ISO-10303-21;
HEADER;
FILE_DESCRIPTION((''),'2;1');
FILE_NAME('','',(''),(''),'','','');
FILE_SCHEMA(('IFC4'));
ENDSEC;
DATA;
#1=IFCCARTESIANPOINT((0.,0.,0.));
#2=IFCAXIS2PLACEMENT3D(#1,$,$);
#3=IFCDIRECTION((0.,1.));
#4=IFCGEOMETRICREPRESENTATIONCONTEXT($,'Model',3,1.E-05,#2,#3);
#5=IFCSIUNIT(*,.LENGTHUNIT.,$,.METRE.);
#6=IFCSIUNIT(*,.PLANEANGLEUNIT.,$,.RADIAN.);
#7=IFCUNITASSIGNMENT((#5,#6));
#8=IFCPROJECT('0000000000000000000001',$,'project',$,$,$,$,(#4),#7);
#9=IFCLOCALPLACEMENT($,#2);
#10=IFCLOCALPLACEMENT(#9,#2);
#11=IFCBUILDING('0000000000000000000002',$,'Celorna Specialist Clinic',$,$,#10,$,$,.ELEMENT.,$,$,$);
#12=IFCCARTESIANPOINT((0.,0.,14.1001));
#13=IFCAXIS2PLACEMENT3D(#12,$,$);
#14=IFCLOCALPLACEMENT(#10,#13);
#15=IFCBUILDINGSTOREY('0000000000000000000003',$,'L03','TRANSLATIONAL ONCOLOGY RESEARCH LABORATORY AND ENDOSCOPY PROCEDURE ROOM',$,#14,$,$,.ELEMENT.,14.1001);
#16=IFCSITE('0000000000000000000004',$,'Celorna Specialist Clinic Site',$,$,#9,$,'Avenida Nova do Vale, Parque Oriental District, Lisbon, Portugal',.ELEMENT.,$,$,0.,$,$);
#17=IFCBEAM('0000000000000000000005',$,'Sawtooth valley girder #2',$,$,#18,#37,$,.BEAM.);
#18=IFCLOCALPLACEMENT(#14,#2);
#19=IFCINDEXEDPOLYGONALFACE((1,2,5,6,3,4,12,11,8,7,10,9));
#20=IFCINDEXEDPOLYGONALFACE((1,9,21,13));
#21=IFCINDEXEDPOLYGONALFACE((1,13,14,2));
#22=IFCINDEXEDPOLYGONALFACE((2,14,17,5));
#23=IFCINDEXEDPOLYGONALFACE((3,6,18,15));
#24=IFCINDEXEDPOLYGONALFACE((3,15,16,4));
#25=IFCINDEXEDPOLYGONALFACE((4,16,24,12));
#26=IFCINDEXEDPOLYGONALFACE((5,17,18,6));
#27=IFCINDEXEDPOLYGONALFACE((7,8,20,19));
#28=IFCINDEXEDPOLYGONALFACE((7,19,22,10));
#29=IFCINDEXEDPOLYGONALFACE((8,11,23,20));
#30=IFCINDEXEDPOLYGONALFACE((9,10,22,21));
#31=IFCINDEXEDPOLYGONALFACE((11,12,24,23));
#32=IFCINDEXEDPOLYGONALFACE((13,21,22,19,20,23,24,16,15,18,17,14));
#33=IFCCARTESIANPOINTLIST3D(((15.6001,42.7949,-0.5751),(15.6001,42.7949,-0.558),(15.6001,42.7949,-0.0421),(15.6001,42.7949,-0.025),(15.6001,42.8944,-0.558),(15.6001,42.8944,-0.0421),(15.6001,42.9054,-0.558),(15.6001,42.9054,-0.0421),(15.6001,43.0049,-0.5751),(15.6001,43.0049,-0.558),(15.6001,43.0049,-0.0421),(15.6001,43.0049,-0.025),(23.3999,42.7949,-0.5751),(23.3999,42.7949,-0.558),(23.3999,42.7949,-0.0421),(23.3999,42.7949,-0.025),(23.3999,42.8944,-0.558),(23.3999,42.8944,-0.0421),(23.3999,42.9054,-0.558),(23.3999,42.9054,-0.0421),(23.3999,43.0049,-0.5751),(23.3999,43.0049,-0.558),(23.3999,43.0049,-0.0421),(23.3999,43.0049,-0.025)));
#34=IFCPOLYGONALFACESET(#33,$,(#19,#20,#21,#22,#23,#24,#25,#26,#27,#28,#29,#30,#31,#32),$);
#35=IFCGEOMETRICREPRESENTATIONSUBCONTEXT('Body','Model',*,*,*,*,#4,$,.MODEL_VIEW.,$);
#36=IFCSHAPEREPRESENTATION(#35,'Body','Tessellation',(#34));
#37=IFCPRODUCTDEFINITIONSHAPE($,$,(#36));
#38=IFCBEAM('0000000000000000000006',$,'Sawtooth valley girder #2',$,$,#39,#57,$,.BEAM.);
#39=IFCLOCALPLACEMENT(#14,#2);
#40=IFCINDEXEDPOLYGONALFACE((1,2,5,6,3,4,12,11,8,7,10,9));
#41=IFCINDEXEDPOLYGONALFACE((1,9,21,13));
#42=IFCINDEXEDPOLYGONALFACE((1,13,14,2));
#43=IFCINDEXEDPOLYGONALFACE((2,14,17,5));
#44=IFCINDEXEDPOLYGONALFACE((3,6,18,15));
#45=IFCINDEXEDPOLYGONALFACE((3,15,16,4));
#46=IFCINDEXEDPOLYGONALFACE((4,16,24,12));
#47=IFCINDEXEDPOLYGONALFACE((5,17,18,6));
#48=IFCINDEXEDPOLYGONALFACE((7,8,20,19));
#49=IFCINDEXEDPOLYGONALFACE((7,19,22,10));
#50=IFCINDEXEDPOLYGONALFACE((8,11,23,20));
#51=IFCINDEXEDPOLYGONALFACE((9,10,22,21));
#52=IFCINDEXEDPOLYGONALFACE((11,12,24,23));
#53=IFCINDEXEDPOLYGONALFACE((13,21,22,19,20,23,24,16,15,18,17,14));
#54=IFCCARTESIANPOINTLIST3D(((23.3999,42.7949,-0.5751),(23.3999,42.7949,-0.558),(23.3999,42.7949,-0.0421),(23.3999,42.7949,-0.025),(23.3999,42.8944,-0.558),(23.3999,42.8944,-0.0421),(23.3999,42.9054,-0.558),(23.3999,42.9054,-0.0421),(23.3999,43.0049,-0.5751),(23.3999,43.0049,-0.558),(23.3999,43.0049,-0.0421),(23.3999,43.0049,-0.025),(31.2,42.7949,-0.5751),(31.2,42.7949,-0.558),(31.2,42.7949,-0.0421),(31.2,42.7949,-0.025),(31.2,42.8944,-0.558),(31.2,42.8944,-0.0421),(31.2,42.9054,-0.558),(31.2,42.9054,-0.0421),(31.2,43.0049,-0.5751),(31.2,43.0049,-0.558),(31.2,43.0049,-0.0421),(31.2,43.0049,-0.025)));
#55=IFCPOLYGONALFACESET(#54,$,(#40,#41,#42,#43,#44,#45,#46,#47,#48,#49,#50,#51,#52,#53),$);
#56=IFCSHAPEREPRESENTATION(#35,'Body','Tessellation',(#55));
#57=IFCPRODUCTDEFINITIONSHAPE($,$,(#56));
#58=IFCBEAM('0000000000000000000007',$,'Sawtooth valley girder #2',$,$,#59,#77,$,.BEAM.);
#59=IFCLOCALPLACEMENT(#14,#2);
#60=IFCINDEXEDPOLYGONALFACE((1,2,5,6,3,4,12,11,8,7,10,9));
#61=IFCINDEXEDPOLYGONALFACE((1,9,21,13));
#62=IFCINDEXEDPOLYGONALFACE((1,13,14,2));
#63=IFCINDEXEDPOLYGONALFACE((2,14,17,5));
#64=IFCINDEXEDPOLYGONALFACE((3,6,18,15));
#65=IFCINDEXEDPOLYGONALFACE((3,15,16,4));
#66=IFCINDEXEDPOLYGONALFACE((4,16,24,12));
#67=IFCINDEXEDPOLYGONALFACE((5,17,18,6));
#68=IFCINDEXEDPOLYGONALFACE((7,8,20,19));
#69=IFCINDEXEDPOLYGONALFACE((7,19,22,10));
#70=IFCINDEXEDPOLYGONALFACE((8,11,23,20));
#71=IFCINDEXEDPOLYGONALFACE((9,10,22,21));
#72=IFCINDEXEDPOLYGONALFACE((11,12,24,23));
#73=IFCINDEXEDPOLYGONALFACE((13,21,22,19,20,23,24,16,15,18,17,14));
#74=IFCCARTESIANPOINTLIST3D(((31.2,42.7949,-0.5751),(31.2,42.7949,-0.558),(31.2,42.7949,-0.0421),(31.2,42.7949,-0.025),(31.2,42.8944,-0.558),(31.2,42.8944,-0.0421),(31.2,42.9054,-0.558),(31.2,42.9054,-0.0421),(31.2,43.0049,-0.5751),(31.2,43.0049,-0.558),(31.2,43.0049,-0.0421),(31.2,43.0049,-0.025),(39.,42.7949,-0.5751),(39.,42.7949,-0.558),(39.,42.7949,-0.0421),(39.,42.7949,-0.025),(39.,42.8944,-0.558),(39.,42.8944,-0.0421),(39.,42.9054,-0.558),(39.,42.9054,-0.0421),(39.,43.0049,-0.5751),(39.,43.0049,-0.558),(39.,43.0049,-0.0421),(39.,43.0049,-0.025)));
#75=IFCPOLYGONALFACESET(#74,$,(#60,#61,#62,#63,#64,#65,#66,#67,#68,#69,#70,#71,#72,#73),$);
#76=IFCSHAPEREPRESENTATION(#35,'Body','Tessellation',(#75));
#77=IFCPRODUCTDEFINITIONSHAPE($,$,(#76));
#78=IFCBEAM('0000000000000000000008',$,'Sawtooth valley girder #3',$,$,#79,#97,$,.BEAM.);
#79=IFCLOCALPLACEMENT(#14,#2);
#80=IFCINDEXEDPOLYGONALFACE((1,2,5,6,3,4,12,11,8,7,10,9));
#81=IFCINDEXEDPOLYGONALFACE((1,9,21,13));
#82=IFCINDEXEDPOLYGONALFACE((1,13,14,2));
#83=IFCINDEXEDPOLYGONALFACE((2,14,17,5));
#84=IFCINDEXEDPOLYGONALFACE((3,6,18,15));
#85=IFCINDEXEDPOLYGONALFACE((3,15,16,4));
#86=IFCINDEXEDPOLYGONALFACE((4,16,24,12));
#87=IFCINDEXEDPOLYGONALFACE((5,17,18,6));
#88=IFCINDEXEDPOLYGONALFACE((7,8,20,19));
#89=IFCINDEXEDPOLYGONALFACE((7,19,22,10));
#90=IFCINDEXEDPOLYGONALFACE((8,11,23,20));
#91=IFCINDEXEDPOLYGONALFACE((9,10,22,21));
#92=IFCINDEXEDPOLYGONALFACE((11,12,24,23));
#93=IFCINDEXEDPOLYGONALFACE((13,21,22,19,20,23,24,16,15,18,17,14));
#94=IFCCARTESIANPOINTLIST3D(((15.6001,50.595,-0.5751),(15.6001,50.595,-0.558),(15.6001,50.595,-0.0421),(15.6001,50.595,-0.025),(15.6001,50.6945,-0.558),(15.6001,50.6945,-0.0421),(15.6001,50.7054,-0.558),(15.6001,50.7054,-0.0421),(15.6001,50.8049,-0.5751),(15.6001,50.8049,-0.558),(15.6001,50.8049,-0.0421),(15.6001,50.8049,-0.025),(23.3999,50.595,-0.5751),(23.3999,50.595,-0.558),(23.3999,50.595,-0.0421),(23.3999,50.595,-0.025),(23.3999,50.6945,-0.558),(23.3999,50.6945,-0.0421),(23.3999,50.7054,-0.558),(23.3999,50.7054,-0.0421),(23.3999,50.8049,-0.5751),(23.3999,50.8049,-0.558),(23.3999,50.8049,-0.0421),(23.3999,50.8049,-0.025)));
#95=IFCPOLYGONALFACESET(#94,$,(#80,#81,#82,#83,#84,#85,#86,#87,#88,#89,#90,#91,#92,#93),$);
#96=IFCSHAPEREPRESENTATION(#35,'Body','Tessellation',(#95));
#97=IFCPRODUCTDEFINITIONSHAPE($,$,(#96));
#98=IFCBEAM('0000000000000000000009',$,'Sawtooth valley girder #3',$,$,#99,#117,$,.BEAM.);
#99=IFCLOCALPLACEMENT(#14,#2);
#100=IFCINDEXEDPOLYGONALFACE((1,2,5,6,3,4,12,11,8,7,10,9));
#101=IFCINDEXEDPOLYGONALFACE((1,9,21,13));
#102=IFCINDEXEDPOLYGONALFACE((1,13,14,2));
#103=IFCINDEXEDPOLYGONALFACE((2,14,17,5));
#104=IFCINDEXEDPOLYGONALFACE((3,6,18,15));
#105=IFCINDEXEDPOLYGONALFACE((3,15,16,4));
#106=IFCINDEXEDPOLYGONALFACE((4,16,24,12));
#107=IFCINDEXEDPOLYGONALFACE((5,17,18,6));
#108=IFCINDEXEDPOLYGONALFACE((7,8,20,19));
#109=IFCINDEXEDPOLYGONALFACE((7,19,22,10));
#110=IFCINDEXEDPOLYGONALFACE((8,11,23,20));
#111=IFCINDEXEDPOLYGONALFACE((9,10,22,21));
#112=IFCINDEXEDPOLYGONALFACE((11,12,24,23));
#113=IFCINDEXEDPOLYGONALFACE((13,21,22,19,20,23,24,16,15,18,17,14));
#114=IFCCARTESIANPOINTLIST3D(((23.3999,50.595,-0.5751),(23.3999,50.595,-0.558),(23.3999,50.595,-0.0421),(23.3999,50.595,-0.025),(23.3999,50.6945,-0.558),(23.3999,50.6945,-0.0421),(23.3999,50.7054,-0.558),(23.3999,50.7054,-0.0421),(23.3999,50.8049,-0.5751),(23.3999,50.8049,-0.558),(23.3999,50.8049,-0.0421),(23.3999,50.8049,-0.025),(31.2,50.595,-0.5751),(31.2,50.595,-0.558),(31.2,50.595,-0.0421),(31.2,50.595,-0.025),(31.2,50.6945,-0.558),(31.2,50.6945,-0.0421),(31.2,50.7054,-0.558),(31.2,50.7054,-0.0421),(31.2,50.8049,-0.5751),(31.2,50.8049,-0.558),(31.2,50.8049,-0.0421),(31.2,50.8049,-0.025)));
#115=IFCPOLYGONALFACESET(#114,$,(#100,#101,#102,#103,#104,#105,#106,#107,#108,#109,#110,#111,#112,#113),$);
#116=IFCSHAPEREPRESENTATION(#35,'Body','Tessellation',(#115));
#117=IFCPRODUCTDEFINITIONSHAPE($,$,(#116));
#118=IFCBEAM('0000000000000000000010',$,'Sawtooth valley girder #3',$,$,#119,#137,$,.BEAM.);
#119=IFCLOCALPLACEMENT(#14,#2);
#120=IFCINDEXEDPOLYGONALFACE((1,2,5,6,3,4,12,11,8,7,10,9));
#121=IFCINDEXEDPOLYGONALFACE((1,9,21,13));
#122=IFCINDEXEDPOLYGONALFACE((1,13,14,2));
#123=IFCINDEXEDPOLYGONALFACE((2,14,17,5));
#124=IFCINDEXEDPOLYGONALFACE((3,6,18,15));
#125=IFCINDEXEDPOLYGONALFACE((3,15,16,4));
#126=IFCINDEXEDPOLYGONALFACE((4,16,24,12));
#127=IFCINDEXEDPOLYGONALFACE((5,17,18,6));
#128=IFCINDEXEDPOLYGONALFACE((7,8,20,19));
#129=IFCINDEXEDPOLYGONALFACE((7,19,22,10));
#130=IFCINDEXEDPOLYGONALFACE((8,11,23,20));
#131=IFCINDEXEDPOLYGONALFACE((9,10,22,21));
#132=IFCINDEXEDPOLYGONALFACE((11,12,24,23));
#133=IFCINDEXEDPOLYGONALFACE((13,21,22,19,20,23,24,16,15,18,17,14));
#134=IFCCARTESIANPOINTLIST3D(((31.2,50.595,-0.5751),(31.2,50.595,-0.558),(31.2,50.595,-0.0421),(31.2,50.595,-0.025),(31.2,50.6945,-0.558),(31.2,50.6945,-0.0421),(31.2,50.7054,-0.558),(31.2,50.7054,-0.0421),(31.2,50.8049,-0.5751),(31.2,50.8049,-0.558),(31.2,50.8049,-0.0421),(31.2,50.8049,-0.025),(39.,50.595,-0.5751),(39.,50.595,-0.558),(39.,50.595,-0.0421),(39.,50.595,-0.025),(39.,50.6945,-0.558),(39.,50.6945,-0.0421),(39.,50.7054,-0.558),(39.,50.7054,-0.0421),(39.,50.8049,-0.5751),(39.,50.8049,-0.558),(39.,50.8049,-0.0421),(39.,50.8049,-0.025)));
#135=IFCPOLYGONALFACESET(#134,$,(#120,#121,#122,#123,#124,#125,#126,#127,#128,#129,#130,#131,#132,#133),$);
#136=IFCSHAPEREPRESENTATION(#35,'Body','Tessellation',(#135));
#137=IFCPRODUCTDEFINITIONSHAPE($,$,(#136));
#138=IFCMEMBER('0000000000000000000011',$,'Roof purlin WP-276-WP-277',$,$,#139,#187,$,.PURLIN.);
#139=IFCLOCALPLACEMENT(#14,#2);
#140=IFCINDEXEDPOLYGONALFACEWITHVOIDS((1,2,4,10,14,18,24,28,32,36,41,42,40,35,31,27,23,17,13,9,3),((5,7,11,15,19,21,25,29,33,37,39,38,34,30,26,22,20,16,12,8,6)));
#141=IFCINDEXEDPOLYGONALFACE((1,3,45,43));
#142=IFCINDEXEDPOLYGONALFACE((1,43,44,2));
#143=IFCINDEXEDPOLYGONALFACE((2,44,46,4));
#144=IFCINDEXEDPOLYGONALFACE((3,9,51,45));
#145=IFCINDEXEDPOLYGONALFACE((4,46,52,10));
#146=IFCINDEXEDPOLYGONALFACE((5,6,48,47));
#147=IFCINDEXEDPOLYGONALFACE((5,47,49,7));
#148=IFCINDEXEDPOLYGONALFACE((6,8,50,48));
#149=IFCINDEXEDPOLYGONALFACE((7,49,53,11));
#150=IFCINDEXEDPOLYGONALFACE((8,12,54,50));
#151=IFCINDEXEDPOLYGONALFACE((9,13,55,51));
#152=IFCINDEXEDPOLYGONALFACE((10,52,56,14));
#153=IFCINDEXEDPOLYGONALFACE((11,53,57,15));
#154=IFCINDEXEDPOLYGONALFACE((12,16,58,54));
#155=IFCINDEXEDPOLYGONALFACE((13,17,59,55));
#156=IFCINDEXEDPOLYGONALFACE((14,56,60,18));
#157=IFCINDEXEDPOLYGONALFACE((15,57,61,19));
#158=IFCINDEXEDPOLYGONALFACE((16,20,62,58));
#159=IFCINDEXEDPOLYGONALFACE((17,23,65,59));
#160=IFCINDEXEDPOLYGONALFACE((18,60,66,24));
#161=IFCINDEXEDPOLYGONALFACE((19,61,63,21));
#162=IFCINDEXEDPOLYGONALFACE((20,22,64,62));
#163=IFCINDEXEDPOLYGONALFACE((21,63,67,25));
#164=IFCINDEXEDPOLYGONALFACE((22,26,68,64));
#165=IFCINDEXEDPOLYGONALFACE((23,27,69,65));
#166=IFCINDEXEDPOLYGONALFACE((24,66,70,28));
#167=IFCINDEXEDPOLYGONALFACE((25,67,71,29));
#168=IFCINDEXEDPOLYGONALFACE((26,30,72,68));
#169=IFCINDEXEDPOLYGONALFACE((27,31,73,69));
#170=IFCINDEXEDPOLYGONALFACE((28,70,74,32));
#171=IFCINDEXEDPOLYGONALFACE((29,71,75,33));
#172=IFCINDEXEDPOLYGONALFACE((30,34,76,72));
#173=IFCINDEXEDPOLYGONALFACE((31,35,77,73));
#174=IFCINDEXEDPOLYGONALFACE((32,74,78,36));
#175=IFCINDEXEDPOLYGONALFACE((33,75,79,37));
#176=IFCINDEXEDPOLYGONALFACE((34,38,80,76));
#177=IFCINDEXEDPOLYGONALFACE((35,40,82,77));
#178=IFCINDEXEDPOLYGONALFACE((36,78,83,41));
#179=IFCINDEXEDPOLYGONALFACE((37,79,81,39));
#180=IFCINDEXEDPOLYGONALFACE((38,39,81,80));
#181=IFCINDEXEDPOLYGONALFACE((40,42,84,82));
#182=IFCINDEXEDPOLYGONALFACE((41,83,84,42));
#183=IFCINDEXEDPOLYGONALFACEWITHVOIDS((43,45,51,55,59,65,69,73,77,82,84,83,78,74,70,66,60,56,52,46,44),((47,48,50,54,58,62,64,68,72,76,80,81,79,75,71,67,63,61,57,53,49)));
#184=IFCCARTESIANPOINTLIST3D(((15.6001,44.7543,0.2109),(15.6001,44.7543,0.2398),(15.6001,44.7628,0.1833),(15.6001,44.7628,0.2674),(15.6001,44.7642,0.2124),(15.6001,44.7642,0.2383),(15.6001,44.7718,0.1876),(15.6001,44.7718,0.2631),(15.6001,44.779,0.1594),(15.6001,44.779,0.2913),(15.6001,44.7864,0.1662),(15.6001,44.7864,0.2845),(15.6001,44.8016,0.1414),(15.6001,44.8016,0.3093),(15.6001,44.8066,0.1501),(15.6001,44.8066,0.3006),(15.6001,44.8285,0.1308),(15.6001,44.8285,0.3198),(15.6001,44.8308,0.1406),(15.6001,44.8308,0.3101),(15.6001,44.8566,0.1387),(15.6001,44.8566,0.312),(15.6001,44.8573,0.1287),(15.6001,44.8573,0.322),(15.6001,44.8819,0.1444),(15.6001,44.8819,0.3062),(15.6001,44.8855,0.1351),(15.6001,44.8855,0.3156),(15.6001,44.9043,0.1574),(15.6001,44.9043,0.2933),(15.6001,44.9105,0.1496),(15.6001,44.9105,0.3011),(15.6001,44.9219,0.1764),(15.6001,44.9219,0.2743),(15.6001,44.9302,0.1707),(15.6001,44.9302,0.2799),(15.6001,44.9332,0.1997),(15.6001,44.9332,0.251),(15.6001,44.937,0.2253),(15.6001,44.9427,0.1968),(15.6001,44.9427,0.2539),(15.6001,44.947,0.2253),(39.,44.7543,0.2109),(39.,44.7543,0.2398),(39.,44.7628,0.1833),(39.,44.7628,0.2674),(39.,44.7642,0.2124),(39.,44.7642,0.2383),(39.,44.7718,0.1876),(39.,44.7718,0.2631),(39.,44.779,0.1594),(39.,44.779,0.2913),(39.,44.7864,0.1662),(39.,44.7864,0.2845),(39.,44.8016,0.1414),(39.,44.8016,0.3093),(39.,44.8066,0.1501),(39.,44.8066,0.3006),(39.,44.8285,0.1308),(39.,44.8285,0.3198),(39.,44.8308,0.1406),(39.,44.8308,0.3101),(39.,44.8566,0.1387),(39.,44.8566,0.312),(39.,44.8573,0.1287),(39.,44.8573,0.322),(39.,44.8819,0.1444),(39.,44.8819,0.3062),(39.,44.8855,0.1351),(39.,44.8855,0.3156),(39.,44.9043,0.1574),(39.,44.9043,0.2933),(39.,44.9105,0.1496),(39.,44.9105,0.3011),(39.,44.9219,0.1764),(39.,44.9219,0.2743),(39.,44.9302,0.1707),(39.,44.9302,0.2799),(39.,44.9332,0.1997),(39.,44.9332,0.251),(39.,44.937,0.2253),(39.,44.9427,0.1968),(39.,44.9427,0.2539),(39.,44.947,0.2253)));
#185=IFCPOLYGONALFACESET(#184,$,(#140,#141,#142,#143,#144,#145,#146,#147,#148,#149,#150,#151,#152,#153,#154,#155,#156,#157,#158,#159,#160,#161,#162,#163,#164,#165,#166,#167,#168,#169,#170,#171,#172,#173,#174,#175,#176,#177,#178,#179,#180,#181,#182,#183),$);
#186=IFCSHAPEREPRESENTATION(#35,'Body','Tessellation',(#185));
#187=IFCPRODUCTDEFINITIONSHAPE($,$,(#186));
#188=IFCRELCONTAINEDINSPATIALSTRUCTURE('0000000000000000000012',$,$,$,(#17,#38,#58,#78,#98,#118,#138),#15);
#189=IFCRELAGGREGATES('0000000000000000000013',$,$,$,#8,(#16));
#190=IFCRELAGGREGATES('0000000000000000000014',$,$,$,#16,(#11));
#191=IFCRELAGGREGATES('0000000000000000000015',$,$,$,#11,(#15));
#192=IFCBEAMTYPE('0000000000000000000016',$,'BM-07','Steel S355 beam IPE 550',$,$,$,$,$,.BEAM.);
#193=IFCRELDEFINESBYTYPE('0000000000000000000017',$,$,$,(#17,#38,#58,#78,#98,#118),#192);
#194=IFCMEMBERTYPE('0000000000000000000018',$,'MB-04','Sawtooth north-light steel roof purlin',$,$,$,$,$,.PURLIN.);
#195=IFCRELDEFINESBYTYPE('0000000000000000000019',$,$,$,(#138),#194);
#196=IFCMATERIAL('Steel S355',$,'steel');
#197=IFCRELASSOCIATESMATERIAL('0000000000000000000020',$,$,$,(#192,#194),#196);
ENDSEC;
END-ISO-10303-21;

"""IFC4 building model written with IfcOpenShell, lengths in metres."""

from ifc_helpers import new_model, si_unit, direction, frame, origin, origin_2d, place, context, subcontext, project, spatial, hollow_circle, i_section, extrude, material, material_profile, profile_set, type_object, element, save


model = new_model("IFC4")

# Units and contexts
model_context = context("Model", 3, precision=1e-05, world=origin(), true_north=direction((0.0, 1.0)))
body_context = subcontext(model_context, "Body", "Model", "MODEL_VIEW")
ifc_project = project(units=[si_unit("LENGTHUNIT", "METRE"), si_unit("PLANEANGLEUNIT", "RADIAN")], contexts=[model_context])

# Site, building, storey
site_placement = place(None, origin())
site = spatial("IfcSite", under=ifc_project, at=site_placement, Name="Celorna Specialist Clinic Site", LongName="Avenida Nova do Vale, Parque Oriental District, Lisbon, Portugal", CompositionType="ELEMENT", RefElevation=0.0)
building_placement = place(site_placement, origin())
building = spatial("IfcBuilding", under=site, at=building_placement, Name="Celorna Specialist Clinic", CompositionType="ELEMENT")
storey_placement = place(building_placement, frame((0.0, 0.0, 14.1001)))
storey = spatial("IfcBuildingStorey", under=building, at=storey_placement, Name="L03", Description="TRANSLATIONAL ONCOLOGY RESEARCH LABORATORY AND ENDOSCOPY PROCEDURE ROOM", CompositionType="ELEMENT", Elevation=14.1001)

# Beams
ifc_material = material(Name="Steel S355", Category="steel")
ifc_material_profile_1 = material_profile(ifc_material, i_section(OverallWidth=0.21, OverallDepth=0.55, WebThickness=0.011, FlangeThickness=0.0171, at=origin_2d()), Name="IPE 550")
ifc_profile_set_1 = profile_set([ifc_material_profile_1], Name="Steel S355")
beam_type = type_object("IfcBeamType", Name="BM-07", Description="Steel S355 beam IPE 550", PredefinedType="BEAM", material=ifc_profile_set_1)
beam_1_placement = place(storey_placement, frame((15.6001, 42.8999, -0.3), z_axis=(1.0, 0.0, 0.0), x_axis=(0.0, 1.0, 0.0)))
element("IfcBeam", 1, at=beam_1_placement, inside=storey, type_object=beam_type, Name="Sawtooth valley girder #2", PredefinedType="BEAM", context=body_context, shape_type="SweptSolid", body=[
    extrude(i_section(OverallWidth=0.21, OverallDepth=0.55, WebThickness=0.011, FlangeThickness=0.0171, at=origin_2d()), origin(), (0.0, 0.0, 1.0), 7.7998),
])
for number, where, z_axis, x_axis, name in (
    (2, (23.3999, 42.8999, -0.3), (1.0, 0.0, 0.0), (0.0, 1.0, 0.0), "Sawtooth valley girder #2"),
    (3, (31.2, 42.8999, -0.3), (1.0, 0.0, 0.0), (0.0, 1.0, 0.0), "Sawtooth valley girder #2"),
):
    element("IfcBeam", number, at=place(storey_placement, frame(where, z_axis=z_axis, x_axis=x_axis)), inside=storey, type_object=beam_type, Name=name, PredefinedType="BEAM", context=body_context, shape_type="SweptSolid", body=[
        extrude(i_section(OverallWidth=0.21, OverallDepth=0.55, WebThickness=0.011, FlangeThickness=0.0171, at=origin_2d()), origin(), (0.0, 0.0, 1.0), 7.8),
    ])
beam_2_placement = place(storey_placement, frame((15.6001, 50.7, -0.3), z_axis=(1.0, 0.0, 0.0), x_axis=(0.0, 1.0, 0.0)))
element("IfcBeam", 4, at=beam_2_placement, inside=storey, type_object=beam_type, Name="Sawtooth valley girder #3", PredefinedType="BEAM", context=body_context, shape_type="SweptSolid", body=[
    extrude(i_section(OverallWidth=0.21, OverallDepth=0.55, WebThickness=0.011, FlangeThickness=0.0171, at=origin_2d()), origin(), (0.0, 0.0, 1.0), 7.7998),
])
for number, where, z_axis, x_axis, name in (
    (5, (23.3999, 50.7, -0.3), (1.0, 0.0, 0.0), (0.0, 1.0, 0.0), "Sawtooth valley girder #3"),
    (6, (31.2, 50.7, -0.3), (1.0, 0.0, 0.0), (0.0, 1.0, 0.0), "Sawtooth valley girder #3"),
):
    element("IfcBeam", number, at=place(storey_placement, frame(where, z_axis=z_axis, x_axis=x_axis)), inside=storey, type_object=beam_type, Name=name, PredefinedType="BEAM", context=body_context, shape_type="SweptSolid", body=[
        extrude(i_section(OverallWidth=0.21, OverallDepth=0.55, WebThickness=0.011, FlangeThickness=0.0171, at=origin_2d()), origin(), (0.0, 0.0, 1.0), 7.8),
    ])

# Member
ifc_material_profile_2 = material_profile(ifc_material, hollow_circle(Radius=0.0969, WallThickness=0.01, at=origin_2d()), Name="CHS 193.7x10")
ifc_profile_set_2 = profile_set([ifc_material_profile_2], Name="Steel S355")
member_type_1 = type_object("IfcMemberType", Name="MB-04", Description="Sawtooth north-light steel roof purlin", PredefinedType="PURLIN", material=ifc_profile_set_2)
for number, where, z_axis, x_axis, name in (
    (7, (15.6001, 44.8501, 0.2253), (1.0, 0.0, 0.0), (0.0, 1.0, 0.0), "Roof purlin WP-276-WP-277"),
):
    element("IfcMember", number, at=place(storey_placement, frame(where, z_axis=z_axis, x_axis=x_axis)), inside=storey, type_object=member_type_1, Name=name, PredefinedType="PURLIN", context=body_context, shape_type="SweptSolid", body=[
        extrude(hollow_circle(Radius=0.0969, WallThickness=0.01, at=origin_2d()), origin(), (0.0, 0.0, 1.0), 23.3999),
    ])

save(model, "model.ifc")
